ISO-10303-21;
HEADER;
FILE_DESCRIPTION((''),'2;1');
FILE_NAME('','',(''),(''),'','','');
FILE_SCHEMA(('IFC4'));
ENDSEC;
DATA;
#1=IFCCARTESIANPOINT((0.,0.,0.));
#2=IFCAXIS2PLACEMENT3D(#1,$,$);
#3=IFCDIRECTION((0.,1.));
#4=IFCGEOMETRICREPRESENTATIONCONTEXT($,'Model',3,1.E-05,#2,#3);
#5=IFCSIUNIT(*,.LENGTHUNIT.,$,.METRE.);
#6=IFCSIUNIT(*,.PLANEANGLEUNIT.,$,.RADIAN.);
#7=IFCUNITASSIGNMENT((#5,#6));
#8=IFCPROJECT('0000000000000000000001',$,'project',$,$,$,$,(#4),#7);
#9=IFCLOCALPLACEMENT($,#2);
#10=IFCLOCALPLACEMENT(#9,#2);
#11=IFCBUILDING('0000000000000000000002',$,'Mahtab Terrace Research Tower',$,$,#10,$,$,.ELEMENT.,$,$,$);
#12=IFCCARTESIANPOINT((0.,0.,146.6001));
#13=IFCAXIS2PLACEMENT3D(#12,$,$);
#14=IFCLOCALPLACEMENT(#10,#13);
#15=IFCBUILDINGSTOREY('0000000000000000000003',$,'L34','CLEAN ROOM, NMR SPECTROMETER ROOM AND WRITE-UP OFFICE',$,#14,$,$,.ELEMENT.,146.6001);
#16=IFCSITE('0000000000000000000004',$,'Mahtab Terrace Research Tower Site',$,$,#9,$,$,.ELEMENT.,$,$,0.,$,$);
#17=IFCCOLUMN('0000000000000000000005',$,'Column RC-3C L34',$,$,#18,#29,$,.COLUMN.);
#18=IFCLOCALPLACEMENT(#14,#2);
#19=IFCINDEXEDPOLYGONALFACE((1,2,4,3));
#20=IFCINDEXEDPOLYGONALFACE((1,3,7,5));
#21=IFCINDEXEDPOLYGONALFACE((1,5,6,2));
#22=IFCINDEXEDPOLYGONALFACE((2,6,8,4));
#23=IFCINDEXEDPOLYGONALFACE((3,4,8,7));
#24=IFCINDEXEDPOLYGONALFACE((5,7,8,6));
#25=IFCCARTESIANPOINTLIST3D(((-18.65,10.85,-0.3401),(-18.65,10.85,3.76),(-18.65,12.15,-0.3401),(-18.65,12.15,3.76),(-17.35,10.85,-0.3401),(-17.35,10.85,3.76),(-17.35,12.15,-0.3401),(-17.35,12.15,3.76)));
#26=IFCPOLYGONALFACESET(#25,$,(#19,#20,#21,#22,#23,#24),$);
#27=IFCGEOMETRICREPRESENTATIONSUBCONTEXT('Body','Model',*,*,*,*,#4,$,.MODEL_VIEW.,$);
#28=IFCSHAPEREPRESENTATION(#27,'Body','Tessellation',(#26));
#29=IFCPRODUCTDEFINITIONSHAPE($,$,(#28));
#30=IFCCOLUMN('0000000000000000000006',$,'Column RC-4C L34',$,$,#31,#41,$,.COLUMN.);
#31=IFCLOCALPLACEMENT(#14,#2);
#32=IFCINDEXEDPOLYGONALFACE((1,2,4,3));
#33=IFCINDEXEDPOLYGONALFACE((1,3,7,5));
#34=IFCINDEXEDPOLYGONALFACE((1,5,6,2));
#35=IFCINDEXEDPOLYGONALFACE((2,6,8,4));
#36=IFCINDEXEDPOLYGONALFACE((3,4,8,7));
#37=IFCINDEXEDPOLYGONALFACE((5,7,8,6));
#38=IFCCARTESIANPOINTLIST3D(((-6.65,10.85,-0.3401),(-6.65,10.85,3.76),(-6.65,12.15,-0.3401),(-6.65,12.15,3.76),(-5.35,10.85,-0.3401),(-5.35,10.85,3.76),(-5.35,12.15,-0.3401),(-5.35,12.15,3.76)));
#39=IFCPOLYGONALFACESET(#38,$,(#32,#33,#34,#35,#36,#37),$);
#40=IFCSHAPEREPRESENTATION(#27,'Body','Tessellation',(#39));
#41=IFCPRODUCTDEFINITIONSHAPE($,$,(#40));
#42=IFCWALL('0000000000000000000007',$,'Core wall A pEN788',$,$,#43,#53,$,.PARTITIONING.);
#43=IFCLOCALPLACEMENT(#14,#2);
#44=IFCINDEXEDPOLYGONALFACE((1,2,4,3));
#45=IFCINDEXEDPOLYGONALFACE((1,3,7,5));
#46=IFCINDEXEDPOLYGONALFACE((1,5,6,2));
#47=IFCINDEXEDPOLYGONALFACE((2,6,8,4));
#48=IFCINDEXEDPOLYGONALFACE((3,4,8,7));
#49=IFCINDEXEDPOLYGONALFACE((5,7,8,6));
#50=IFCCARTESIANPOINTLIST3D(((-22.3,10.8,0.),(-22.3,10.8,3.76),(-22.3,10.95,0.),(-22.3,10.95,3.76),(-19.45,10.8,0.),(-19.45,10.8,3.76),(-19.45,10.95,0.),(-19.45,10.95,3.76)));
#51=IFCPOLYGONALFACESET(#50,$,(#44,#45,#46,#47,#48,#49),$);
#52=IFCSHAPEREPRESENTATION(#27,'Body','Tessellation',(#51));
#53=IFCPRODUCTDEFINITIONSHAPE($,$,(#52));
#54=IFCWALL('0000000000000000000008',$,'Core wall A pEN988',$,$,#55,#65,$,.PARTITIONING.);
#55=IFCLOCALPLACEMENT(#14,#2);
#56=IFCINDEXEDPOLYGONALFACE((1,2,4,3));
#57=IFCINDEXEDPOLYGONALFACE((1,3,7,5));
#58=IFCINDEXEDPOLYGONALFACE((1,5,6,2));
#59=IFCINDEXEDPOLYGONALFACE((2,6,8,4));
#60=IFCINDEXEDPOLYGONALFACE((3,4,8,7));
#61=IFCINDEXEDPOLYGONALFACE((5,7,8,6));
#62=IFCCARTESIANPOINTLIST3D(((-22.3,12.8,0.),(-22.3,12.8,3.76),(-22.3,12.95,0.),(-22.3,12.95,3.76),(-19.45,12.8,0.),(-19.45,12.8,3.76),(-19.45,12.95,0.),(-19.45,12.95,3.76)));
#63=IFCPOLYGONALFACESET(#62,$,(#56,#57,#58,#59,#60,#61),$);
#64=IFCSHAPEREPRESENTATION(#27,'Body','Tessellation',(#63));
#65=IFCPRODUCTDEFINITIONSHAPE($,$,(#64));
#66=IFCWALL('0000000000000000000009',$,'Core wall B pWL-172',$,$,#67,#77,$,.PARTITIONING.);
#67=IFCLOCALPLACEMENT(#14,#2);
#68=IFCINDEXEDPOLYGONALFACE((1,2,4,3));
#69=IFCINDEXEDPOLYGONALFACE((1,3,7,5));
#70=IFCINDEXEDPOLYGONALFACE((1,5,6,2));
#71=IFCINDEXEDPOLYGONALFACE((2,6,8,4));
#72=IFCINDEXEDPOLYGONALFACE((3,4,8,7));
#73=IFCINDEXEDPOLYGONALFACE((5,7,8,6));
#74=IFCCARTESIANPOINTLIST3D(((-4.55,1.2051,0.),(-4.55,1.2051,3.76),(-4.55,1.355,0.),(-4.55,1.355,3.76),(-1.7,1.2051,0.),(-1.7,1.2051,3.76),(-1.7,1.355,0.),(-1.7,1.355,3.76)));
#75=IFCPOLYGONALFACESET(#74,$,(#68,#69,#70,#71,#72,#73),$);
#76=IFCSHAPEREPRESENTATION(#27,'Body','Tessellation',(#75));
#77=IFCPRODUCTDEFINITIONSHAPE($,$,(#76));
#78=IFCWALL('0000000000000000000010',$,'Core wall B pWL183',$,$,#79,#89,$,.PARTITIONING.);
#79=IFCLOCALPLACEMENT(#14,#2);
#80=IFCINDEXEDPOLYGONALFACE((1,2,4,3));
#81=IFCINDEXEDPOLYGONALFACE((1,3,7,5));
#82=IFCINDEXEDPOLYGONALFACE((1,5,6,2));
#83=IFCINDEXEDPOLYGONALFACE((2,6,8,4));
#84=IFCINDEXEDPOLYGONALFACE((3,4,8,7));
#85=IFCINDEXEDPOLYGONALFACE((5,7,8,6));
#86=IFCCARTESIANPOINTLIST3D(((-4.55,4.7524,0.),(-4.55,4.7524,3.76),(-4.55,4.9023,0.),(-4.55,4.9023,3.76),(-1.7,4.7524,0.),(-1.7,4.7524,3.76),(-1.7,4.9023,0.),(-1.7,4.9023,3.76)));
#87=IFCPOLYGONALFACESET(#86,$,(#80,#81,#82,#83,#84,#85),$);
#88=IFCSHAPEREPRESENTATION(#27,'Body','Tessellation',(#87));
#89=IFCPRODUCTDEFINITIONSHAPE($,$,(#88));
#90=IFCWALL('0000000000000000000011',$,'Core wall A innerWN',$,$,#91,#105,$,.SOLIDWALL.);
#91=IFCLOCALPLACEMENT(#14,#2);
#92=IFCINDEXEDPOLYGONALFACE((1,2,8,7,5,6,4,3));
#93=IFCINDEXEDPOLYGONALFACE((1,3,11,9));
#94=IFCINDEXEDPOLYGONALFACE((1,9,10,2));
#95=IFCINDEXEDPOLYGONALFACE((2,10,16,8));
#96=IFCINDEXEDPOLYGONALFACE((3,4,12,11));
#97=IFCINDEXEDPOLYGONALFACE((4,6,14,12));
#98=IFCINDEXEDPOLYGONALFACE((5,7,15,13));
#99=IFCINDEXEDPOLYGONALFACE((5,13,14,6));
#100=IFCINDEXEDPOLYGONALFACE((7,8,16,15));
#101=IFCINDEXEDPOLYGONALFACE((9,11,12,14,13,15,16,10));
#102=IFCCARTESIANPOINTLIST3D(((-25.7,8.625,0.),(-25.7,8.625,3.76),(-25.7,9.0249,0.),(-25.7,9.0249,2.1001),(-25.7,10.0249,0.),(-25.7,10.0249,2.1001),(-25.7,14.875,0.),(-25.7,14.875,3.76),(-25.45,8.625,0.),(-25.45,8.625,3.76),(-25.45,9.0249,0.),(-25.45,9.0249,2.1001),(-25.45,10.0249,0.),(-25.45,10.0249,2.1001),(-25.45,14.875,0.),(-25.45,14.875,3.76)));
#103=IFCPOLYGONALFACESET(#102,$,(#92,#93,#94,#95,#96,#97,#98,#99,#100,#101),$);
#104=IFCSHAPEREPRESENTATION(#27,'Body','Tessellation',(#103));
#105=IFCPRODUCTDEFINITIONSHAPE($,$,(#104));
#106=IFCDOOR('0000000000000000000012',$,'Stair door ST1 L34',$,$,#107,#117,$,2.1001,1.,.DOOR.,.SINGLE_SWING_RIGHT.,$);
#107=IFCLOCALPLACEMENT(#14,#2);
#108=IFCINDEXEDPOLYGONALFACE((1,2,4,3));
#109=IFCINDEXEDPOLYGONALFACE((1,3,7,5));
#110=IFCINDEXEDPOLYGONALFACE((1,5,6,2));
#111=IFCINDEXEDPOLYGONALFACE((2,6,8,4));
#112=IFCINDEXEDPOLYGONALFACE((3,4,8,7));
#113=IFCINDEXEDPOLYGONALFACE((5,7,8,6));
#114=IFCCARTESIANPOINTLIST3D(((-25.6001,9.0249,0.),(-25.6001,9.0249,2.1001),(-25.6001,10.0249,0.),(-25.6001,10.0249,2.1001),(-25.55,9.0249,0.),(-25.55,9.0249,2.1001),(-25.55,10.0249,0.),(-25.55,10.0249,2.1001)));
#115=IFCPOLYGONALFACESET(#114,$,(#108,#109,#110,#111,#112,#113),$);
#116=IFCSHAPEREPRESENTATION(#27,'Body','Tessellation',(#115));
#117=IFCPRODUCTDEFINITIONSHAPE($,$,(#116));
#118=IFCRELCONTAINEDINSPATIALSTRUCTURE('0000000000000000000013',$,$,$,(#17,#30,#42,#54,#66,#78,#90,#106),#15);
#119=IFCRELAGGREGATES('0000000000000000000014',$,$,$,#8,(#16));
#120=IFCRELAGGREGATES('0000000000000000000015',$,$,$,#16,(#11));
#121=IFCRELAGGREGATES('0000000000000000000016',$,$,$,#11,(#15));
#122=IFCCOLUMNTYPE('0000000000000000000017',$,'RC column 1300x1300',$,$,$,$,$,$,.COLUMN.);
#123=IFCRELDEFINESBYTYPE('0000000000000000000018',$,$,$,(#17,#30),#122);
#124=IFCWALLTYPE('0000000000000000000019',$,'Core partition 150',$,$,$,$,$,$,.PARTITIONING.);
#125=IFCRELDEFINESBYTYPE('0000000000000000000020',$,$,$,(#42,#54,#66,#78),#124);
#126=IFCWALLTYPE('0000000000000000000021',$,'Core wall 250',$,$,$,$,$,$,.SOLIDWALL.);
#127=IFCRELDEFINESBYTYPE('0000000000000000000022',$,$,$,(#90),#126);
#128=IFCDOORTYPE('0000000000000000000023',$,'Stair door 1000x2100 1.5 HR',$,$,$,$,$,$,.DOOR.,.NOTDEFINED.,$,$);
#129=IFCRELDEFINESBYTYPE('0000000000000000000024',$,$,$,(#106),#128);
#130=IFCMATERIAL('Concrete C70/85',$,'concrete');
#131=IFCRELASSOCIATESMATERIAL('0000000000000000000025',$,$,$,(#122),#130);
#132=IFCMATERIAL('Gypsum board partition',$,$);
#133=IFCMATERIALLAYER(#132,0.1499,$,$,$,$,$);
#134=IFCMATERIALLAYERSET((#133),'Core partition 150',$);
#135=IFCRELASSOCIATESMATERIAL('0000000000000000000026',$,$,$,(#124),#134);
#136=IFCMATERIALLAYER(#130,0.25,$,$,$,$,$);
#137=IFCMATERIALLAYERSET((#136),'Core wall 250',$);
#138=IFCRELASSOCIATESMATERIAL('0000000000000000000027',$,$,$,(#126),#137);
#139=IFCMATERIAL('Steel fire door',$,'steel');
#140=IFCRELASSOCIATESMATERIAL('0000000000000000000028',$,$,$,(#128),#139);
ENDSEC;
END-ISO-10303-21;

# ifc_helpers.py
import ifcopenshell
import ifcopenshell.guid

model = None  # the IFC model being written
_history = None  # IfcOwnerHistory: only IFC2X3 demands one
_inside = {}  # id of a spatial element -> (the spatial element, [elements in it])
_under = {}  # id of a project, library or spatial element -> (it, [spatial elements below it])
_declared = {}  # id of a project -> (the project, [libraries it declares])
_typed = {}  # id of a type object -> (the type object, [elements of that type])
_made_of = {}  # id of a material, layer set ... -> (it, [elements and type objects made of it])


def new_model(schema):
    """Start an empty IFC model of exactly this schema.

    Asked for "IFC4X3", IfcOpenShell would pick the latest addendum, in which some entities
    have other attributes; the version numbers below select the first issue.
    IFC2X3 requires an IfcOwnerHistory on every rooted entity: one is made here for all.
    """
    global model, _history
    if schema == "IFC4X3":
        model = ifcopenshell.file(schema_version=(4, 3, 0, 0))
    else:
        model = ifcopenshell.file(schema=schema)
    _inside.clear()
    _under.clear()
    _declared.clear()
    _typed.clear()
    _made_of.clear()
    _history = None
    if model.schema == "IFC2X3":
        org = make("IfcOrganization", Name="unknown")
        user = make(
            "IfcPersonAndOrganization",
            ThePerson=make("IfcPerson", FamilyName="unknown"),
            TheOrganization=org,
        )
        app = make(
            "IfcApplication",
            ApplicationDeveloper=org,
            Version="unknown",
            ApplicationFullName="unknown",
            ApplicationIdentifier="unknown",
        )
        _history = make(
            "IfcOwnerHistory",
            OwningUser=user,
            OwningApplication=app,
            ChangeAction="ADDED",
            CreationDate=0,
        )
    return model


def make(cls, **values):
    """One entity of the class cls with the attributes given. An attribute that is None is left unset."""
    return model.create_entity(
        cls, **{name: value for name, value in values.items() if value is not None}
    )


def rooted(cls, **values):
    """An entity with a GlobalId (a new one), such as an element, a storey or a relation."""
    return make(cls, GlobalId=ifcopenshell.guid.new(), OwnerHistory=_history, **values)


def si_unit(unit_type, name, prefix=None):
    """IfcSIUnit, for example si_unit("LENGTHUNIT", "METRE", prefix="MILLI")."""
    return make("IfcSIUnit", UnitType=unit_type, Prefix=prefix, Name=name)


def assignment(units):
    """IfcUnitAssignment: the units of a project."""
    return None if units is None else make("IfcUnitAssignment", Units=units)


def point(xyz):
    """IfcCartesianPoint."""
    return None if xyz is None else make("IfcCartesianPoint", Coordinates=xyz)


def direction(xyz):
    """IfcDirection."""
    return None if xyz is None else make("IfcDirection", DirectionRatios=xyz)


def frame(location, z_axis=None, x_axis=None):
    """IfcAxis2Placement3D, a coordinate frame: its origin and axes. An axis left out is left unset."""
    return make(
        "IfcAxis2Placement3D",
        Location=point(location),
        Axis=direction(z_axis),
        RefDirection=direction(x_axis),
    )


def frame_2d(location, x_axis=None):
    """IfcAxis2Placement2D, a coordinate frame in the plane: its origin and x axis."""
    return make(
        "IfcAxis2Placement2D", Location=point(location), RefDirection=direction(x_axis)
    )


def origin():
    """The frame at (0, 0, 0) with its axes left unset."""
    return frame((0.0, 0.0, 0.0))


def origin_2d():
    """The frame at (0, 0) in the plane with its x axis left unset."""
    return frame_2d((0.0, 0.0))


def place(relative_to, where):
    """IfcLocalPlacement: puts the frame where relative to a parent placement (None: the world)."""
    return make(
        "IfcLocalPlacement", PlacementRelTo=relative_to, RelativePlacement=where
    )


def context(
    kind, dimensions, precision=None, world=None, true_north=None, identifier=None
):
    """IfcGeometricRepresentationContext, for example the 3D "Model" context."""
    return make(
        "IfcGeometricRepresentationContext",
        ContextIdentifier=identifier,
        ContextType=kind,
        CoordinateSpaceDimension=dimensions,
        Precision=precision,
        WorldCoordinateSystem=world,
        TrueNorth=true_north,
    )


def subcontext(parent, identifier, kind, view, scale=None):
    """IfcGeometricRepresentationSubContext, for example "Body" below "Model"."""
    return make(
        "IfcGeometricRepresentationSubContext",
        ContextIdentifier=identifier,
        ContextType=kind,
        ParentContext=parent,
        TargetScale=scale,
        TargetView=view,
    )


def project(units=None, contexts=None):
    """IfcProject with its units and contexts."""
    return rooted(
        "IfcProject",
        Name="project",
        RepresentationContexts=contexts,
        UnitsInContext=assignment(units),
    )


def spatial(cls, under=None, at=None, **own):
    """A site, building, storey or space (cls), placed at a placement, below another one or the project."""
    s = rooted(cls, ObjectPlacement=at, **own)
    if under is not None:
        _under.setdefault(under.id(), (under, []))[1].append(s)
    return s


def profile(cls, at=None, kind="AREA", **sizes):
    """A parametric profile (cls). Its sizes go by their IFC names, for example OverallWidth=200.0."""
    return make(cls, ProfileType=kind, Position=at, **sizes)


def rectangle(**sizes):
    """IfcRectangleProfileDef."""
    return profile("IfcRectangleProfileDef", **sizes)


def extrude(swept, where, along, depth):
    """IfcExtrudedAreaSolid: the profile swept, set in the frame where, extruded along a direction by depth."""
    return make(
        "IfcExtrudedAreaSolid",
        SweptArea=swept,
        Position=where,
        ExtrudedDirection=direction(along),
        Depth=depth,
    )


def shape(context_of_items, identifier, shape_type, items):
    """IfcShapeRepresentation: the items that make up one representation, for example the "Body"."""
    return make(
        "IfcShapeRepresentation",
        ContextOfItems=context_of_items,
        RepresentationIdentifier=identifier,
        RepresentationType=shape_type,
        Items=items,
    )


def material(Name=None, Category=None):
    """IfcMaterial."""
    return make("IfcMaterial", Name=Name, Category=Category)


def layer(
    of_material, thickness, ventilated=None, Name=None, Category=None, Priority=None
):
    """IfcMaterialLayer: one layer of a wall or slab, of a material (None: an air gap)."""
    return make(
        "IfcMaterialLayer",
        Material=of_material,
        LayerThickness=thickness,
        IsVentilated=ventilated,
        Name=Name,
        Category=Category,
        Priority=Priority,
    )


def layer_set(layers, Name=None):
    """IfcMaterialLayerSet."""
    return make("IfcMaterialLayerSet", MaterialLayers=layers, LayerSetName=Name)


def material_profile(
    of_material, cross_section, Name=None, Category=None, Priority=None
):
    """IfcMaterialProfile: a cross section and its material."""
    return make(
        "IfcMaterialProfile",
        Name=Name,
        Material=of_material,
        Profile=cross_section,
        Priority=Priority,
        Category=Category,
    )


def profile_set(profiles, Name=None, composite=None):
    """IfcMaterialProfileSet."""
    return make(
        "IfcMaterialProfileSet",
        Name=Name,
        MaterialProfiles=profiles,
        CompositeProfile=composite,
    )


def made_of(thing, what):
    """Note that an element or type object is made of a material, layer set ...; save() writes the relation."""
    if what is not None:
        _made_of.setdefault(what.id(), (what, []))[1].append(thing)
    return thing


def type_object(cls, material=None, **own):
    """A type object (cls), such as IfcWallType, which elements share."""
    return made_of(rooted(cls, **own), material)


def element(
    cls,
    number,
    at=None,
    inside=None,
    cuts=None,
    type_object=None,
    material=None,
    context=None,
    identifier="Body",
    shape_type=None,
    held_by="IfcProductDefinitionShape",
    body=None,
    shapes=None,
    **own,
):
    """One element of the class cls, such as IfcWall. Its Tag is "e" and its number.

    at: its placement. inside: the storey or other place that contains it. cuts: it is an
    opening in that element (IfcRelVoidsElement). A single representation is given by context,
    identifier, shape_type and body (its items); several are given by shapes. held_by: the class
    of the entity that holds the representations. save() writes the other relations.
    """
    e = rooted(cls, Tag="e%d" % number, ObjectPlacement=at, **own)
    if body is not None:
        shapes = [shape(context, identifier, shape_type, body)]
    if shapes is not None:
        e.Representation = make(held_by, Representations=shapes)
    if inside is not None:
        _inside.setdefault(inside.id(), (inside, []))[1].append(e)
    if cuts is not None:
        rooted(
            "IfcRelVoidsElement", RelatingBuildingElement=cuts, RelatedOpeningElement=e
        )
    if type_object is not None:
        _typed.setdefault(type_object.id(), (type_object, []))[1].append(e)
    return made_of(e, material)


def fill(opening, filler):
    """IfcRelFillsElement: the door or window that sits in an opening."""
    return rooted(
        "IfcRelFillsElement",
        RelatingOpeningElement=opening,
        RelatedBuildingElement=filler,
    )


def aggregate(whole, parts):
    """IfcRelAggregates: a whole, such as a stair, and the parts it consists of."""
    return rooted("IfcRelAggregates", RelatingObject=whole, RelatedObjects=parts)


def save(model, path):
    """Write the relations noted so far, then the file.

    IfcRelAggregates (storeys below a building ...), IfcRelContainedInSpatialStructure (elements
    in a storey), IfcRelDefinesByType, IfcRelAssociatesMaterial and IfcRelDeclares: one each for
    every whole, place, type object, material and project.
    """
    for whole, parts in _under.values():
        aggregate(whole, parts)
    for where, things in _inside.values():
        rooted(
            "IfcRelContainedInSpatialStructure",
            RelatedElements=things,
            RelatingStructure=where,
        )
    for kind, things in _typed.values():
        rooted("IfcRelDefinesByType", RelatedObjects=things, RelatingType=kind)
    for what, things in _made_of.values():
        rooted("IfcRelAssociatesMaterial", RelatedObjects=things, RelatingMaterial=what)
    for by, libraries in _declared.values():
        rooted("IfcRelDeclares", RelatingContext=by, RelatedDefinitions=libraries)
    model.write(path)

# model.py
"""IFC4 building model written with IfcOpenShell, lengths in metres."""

from ifc_helpers import new_model, si_unit, direction, frame, frame_2d, origin, origin_2d, place, context, subcontext, project, spatial, rectangle, extrude, material, layer, layer_set, material_profile, profile_set, type_object, element, fill, save


model = new_model("IFC4")

# Units and contexts
model_context = context("Model", 3, precision=1e-05, world=origin(), true_north=direction((0.0, 1.0)))
body_context = subcontext(model_context, "Body", "Model", "MODEL_VIEW")
ifc_project = project(units=[si_unit("LENGTHUNIT", "METRE"), si_unit("PLANEANGLEUNIT", "RADIAN")], contexts=[model_context])

# Site, building, storey
site_placement = place(None, origin())
site = spatial("IfcSite", under=ifc_project, at=site_placement, Name="Mahtab Terrace Research Tower Site", CompositionType="ELEMENT", RefElevation=0.0)
building_placement = place(site_placement, origin())
building = spatial("IfcBuilding", under=site, at=building_placement, Name="Mahtab Terrace Research Tower", CompositionType="ELEMENT")
storey_placement = place(building_placement, frame((0.0, 0.0, 146.6001)))
storey = spatial("IfcBuildingStorey", under=building, at=storey_placement, Name="L34", Description="CLEAN ROOM, NMR SPECTROMETER ROOM AND WRITE-UP OFFICE", CompositionType="ELEMENT", Elevation=146.6001)

# Columns
ifc_material_1 = material(Name="Concrete C70/85", Category="concrete")
ifc_material_profile = material_profile(ifc_material_1, rectangle(XDim=1.3, YDim=1.3, at=origin_2d()), Name="RC column 1300x1300")
ifc_profile_set = profile_set([ifc_material_profile], Name="Concrete C70/85")
column_type = type_object("IfcColumnType", Name="RC column 1300x1300", PredefinedType="COLUMN", material=ifc_profile_set)
for number, where, z_axis, x_axis, name in (
    (1, (-18.0, 11.5, -0.3401), (0.0, 0.0, 1.0), (1.0, 0.0, 0.0), "Column RC-3C L34"),
    (2, (-6.0, 11.5, -0.3401), (0.0, 0.0, 1.0), (1.0, 0.0, 0.0), "Column RC-4C L34"),
):
    element("IfcColumn", number, at=place(storey_placement, frame(where, z_axis=z_axis, x_axis=x_axis)), inside=storey, type_object=column_type, Name=name, PredefinedType="COLUMN", context=body_context, shape_type="SweptSolid", body=[
        extrude(rectangle(XDim=1.3, YDim=1.3, at=origin_2d()), origin(), (0.0, 0.0, 1.0), 4.1001),
    ])

# Walls
ifc_material_2 = material(Name="Gypsum board partition")
ifc_layer_1 = layer(ifc_material_2, 0.1499)
ifc_layer_set_1 = layer_set([ifc_layer_1], Name="Core partition 150")
wall_type_1 = type_object("IfcWallType", Name="Core partition 150", PredefinedType="PARTITIONING", material=ifc_layer_set_1)
for number, where, z_axis, x_axis, name in (
    (3, (-22.3, 10.875, 0.0), (0.0, 0.0, 1.0), (1.0, 0.0, 0.0), "Core wall A pEN788"),
    (4, (-22.3, 12.875, 0.0), (0.0, 0.0, 1.0), (1.0, 0.0, 0.0), "Core wall A pEN988"),
    (5, (-4.55, 1.28, 0.0), (0.0, 0.0, 1.0), (1.0, 0.0, 0.0), "Core wall B pWL-172"),
    (6, (-4.55, 4.8274, 0.0), (0.0, 0.0, 1.0), (1.0, 0.0, 0.0), "Core wall B pWL183"),
):
    element("IfcWall", number, at=place(storey_placement, frame(where, z_axis=z_axis, x_axis=x_axis)), inside=storey, type_object=wall_type_1, Name=name, PredefinedType="PARTITIONING", context=body_context, shape_type="SweptSolid", body=[
        extrude(rectangle(XDim=2.8501, YDim=0.1499, at=frame_2d((1.425, 0.0))), origin(), (0.0, 0.0, 1.0), 3.76),
    ])

# Wall, opening, door
ifc_layer_2 = layer(ifc_material_1, 0.25)
ifc_layer_set_2 = layer_set([ifc_layer_2], Name="Core wall 250")
wall_type_2 = type_object("IfcWallType", Name="Core wall 250", PredefinedType="SOLIDWALL", material=ifc_layer_set_2)
wall_1_placement = place(storey_placement, frame((-25.575, 14.875, 0.0), z_axis=(0.0, 0.0, 1.0), x_axis=(0.0, -1.0, 0.0)))
wall_1 = element("IfcWall", 7, at=wall_1_placement, inside=storey, type_object=wall_type_2, Name="Core wall A innerWN", PredefinedType="SOLIDWALL", context=body_context, shape_type="SweptSolid", body=[
    extrude(rectangle(XDim=6.25, YDim=0.25, at=frame_2d((3.125, 0.0))), origin(), (0.0, 0.0, 1.0), 3.76),
])
opening_1_placement = place(wall_1_placement, frame((4.8501, 0.0, 0.0)))
opening_1 = element("IfcOpeningElement", 8, at=opening_1_placement, cuts=wall_1, PredefinedType="OPENING", context=body_context, shape_type="SweptSolid", body=[
    extrude(rectangle(XDim=1.0, YDim=2.1001, at=frame_2d((0.5, 1.05))), frame((0.0, 0.135, 0.0), z_axis=(0.0, -1.0, 0.0), x_axis=(1.0, 0.0, 0.0)), (0.0, 0.0, 1.0), 0.27),
])
ifc_material_3 = material(Name="Steel fire door", Category="steel")
door_type_1 = type_object("IfcDoorType", Name="Stair door 1000x2100 1.5 HR", OperationType="NOTDEFINED", PredefinedType="DOOR", material=ifc_material_3)
door_1_placement = place(opening_1_placement, origin())
door_1 = element("IfcDoor", 9, at=door_1_placement, inside=storey, type_object=door_type_1, Name="Stair door ST1 L34", OperationType="SINGLE_SWING_RIGHT", OverallHeight=2.1001, OverallWidth=1.0, PredefinedType="DOOR", context=body_context, shape_type="SweptSolid", body=[
    extrude(rectangle(XDim=1.0, YDim=2.1001, at=frame_2d((0.5, 1.05))), frame((0.0, 0.0249, 0.0), z_axis=(0.0, -1.0, 0.0), x_axis=(1.0, 0.0, 0.0)), (0.0, 0.0, 1.0), 0.05),
])
fill(opening_1, door_1)

save(model, "model.ifc")
